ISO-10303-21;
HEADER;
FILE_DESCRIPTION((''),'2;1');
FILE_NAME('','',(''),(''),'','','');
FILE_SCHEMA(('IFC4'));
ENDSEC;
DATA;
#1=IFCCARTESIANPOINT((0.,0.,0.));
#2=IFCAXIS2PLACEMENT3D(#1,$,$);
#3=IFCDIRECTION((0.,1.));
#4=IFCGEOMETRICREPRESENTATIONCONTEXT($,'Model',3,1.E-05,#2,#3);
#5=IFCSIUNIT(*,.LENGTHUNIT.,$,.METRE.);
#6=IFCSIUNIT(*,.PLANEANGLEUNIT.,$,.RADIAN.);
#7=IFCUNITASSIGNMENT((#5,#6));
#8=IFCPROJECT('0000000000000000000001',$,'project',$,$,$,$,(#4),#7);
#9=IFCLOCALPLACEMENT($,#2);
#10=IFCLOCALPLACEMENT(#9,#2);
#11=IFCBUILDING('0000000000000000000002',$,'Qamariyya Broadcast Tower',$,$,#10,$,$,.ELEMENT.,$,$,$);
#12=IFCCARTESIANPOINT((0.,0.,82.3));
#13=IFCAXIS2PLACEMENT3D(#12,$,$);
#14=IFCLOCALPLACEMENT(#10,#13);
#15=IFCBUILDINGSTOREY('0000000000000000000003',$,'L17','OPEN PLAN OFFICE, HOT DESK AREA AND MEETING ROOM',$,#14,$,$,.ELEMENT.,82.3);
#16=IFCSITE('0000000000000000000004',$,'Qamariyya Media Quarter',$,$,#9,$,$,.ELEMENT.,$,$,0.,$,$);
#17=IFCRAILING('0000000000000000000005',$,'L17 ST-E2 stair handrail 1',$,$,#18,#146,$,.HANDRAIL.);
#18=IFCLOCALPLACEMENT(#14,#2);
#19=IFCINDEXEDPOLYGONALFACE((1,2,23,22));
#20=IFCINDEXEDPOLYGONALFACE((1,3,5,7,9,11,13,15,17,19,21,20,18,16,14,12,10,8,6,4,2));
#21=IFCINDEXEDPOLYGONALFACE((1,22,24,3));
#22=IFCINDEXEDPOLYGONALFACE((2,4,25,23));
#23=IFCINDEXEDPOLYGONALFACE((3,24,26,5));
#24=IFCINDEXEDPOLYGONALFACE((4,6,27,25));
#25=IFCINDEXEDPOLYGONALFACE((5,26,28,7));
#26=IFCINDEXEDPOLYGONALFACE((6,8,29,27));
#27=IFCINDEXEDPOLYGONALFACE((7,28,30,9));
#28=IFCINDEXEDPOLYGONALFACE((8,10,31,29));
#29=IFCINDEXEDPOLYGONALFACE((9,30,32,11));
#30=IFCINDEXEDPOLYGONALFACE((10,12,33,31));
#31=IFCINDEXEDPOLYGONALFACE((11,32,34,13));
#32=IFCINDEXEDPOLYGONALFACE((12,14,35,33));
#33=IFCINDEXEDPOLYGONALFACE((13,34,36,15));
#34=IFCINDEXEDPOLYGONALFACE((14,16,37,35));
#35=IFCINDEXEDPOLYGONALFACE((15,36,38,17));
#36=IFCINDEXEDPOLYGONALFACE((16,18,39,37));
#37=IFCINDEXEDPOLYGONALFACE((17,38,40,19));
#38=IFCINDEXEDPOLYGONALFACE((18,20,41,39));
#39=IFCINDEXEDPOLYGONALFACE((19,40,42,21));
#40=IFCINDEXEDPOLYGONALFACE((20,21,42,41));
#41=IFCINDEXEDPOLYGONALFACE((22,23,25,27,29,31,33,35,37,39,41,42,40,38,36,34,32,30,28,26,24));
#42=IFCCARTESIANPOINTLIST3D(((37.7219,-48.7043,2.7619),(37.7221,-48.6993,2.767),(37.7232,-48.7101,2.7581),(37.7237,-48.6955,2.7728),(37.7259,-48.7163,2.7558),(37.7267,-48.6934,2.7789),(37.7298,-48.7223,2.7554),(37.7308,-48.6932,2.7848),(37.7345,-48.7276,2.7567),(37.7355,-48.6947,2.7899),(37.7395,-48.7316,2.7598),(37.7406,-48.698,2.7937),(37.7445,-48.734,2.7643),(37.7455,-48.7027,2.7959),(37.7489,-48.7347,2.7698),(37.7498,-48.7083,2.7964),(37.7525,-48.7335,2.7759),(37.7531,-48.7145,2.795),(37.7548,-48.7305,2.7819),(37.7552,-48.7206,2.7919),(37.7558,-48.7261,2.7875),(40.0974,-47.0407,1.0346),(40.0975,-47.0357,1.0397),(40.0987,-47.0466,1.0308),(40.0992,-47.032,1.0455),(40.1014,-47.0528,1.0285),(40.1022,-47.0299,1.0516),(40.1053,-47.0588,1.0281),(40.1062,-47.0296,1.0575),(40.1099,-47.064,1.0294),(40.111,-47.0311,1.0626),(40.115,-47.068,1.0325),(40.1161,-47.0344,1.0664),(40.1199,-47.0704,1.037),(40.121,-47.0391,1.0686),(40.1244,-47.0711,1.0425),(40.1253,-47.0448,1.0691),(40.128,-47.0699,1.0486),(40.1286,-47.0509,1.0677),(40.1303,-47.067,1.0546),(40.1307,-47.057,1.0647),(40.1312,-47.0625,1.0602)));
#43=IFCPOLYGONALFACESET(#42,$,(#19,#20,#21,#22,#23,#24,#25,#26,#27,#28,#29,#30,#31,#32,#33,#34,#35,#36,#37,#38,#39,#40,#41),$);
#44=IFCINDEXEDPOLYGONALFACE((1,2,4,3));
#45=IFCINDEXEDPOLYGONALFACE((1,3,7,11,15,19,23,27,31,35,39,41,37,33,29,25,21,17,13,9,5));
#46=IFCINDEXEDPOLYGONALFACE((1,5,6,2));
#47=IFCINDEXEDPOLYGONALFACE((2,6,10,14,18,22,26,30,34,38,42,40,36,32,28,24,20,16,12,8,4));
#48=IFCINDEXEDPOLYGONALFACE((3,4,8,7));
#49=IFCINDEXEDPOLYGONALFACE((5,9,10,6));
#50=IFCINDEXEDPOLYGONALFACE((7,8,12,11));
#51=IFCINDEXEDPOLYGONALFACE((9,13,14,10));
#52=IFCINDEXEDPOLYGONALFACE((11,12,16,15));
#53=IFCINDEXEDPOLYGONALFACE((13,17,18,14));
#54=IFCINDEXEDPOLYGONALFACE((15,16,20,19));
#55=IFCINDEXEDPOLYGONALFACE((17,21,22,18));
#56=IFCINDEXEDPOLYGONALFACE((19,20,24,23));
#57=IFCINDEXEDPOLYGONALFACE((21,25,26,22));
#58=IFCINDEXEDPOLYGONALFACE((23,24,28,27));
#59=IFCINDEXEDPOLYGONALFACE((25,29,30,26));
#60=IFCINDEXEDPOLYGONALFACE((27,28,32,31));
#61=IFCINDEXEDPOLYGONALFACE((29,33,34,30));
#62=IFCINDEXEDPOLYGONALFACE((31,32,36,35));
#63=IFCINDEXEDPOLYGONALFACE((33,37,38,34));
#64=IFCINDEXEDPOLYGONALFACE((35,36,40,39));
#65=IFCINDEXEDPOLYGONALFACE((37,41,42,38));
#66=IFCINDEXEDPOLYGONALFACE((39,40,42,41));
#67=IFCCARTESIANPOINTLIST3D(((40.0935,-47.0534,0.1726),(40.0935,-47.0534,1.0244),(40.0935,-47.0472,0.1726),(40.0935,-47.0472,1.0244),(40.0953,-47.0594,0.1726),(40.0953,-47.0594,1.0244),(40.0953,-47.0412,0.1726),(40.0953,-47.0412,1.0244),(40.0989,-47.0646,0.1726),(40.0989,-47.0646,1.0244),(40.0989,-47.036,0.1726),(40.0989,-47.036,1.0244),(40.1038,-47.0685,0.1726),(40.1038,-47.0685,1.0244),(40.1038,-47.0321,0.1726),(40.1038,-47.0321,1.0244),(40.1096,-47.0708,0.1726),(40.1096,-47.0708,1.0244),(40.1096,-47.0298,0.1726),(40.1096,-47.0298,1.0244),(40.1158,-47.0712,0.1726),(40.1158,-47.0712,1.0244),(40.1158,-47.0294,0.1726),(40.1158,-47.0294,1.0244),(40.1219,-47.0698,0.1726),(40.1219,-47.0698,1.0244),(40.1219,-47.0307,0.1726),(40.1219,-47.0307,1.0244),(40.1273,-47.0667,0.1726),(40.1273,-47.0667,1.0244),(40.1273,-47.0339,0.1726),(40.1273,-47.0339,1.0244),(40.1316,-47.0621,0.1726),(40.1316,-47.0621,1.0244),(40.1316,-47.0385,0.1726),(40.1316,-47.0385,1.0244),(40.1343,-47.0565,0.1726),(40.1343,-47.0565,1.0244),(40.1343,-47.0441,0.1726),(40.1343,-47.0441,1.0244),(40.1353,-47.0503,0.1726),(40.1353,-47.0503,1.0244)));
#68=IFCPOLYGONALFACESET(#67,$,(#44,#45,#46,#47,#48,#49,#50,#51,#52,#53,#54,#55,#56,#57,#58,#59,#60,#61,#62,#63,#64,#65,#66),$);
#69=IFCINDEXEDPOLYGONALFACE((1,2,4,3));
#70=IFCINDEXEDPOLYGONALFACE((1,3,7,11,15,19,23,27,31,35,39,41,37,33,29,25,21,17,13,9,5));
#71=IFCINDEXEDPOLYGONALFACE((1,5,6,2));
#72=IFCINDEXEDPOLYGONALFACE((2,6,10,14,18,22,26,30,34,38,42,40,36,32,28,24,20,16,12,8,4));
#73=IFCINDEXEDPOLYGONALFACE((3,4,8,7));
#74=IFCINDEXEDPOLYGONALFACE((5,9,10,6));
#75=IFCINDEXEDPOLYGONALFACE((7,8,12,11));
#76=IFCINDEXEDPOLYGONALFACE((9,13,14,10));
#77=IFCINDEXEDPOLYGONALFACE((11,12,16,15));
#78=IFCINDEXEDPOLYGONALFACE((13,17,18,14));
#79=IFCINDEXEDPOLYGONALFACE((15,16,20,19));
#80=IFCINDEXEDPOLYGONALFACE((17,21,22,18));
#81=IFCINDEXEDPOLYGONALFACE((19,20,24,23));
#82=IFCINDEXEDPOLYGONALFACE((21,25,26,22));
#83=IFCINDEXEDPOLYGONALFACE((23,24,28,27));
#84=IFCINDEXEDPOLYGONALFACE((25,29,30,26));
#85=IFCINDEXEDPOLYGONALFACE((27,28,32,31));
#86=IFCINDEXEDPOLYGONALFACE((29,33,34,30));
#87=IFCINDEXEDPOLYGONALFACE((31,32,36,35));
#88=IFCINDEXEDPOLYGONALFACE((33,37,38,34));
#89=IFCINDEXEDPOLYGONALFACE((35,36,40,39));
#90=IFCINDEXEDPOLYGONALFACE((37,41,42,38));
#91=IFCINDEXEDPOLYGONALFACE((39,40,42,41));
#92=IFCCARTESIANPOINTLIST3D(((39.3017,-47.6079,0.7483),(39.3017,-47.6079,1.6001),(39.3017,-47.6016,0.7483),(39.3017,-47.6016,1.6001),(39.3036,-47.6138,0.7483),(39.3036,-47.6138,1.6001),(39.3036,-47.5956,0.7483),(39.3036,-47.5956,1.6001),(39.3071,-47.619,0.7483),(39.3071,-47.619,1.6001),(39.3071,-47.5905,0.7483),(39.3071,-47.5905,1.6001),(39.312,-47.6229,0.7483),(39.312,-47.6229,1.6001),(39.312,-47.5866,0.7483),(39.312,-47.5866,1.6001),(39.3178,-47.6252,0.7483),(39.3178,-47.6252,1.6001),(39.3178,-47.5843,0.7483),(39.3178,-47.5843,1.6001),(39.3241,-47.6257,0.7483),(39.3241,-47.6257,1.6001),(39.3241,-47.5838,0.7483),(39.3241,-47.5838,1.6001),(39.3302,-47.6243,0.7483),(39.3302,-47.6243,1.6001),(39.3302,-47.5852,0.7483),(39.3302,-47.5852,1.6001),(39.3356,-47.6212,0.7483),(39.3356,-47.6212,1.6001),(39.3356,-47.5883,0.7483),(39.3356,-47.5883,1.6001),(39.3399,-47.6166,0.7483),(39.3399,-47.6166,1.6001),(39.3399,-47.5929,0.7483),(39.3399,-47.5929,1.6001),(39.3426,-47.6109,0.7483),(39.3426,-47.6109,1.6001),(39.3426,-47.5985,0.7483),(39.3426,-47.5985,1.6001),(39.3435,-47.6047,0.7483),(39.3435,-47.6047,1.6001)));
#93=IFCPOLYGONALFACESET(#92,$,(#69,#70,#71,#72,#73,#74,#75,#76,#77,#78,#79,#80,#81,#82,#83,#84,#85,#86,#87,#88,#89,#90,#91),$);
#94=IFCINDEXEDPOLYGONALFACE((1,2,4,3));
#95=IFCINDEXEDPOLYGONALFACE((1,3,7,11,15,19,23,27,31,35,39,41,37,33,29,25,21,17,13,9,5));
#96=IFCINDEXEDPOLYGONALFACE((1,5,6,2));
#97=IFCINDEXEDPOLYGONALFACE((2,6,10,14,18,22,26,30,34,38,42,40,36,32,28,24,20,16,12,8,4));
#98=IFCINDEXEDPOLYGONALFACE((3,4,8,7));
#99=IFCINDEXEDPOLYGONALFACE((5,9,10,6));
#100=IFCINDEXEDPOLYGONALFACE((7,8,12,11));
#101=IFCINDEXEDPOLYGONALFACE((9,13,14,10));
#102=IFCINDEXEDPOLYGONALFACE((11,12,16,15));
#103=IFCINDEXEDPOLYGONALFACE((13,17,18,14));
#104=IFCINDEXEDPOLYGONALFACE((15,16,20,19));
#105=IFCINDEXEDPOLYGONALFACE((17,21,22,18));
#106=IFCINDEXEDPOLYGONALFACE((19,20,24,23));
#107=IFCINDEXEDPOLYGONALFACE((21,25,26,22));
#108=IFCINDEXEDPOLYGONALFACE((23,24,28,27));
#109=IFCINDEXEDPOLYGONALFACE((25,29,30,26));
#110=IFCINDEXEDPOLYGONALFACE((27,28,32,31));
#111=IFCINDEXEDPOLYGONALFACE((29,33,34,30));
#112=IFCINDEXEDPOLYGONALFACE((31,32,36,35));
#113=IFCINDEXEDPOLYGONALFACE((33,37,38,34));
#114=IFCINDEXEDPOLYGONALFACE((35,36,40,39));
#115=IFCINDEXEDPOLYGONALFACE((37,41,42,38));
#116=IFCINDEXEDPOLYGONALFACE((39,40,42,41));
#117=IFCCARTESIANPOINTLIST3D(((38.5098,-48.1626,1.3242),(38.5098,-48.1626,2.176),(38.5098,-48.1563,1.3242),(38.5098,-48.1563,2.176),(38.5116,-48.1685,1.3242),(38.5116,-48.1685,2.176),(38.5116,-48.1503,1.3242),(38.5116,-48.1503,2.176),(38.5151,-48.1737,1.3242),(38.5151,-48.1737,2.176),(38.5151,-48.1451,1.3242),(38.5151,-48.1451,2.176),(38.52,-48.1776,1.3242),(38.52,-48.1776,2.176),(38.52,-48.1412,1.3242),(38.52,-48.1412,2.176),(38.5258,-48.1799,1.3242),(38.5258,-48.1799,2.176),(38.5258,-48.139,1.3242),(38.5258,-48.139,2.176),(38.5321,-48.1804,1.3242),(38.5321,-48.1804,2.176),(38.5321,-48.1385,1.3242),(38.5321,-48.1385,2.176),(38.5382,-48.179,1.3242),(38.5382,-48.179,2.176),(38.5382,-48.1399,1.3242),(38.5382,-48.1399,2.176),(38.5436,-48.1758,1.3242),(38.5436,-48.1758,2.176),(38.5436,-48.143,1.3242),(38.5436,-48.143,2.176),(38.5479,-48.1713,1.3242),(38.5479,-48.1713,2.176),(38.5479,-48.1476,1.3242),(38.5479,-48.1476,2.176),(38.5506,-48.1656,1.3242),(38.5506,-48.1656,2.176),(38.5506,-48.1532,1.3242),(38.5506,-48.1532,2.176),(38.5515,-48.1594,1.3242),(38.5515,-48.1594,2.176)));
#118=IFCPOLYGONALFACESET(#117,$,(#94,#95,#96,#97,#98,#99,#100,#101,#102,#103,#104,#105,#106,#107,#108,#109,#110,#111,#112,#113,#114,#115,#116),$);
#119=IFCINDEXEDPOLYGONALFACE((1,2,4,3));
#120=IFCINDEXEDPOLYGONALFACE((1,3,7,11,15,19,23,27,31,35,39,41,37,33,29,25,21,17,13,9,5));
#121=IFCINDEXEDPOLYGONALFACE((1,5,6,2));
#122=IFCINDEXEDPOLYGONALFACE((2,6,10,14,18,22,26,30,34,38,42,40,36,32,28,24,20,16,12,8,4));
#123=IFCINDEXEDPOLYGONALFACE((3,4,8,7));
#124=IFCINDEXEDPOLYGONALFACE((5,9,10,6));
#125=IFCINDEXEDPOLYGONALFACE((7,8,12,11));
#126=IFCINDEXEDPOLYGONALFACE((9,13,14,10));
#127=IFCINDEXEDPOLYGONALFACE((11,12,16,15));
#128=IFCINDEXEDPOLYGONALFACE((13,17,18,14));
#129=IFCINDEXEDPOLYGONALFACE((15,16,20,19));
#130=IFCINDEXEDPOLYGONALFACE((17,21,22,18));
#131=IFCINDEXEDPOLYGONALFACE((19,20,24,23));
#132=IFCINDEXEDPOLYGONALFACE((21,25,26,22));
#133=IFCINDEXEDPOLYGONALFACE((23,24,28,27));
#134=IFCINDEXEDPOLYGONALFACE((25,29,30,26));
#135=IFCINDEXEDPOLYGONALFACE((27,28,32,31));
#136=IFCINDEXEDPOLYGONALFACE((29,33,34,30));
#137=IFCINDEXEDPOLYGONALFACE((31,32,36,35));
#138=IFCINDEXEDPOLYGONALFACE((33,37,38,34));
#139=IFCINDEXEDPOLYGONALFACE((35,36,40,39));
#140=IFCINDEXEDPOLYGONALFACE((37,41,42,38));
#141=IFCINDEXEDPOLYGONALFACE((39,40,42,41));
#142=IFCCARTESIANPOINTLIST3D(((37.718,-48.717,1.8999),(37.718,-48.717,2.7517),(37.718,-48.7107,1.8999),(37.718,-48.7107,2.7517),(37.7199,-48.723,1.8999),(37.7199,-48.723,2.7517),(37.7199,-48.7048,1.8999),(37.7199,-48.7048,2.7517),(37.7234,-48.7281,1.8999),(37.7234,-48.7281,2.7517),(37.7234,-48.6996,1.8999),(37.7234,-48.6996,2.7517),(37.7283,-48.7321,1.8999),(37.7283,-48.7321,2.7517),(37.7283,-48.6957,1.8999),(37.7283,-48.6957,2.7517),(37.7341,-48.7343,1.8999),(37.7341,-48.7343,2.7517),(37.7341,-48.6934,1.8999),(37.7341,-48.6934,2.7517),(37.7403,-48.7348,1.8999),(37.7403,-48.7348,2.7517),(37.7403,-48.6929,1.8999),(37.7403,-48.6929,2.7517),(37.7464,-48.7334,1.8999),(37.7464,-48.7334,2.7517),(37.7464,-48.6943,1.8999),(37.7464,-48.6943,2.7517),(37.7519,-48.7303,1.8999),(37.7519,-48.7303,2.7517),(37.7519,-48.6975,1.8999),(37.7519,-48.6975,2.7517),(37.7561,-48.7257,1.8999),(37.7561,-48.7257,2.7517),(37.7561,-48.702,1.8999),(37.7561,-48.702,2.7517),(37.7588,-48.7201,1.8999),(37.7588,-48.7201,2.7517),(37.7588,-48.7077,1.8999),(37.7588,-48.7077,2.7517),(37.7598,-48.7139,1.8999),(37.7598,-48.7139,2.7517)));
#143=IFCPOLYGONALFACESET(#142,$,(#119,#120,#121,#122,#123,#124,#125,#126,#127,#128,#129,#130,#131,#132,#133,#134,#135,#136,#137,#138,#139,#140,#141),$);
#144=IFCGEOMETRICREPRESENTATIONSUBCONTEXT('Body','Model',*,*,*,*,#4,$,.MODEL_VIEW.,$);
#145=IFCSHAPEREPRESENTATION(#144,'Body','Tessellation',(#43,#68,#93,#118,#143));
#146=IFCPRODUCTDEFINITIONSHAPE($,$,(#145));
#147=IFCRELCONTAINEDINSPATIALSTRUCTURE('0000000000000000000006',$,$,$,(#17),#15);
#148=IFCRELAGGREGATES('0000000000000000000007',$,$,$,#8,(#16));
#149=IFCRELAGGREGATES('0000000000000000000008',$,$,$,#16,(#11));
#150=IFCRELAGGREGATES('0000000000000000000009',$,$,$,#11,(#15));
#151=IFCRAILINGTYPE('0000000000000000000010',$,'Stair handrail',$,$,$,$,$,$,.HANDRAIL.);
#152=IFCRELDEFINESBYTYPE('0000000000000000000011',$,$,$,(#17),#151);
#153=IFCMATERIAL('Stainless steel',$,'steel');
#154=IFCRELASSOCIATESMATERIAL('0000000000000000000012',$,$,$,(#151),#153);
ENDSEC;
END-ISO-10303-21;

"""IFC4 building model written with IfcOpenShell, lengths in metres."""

from ifc_helpers import new_model, si_unit, direction, frame, origin, origin_2d, place, context, subcontext, project, spatial, circle, extrude, material, type_object, element, save


model = new_model("IFC4")

# Units and contexts
model_context = context("Model", 3, precision=1e-05, world=origin(), true_north=direction((0.0, 1.0)))
body_context = subcontext(model_context, "Body", "Model", "MODEL_VIEW")
ifc_project = project(units=[si_unit("LENGTHUNIT", "METRE"), si_unit("PLANEANGLEUNIT", "RADIAN")], contexts=[model_context])

# Site, building, storey
site_placement = place(None, origin())
site = spatial("IfcSite", under=ifc_project, at=site_placement, Name="Qamariyya Media Quarter", CompositionType="ELEMENT", RefElevation=0.0)
building_placement = place(site_placement, origin())
building = spatial("IfcBuilding", under=site, at=building_placement, Name="Qamariyya Broadcast Tower", CompositionType="ELEMENT")
storey_placement = place(building_placement, frame((0.0, 0.0, 82.3)))
storey = spatial("IfcBuildingStorey", under=building, at=storey_placement, Name="L17", Description="OPEN PLAN OFFICE, HOT DESK AREA AND MEETING ROOM", CompositionType="ELEMENT", Elevation=82.3)

# Railing
ifc_material_1 = material(Name="Stainless steel", Category="steel")
railing_type_1 = type_object("IfcRailingType", Name="Stair handrail", PredefinedType="HANDRAIL", material=ifc_material_1)
railing_1_placement = place(storey_placement, frame((40.1143, -47.0503, 0.1726)))
element("IfcRailing", 1, at=railing_1_placement, inside=storey, type_object=railing_type_1, Name="L17 ST-E2 stair handrail 1", PredefinedType="HANDRAIL", context=body_context, shape_type="SweptSolid", body=[
    extrude(circle(Radius=0.0239, at=origin_2d()), frame((0.0, 0.0, 0.876), z_axis=(-0.703745, -0.492838, 0.511716), x_axis=(0.573632, -0.819113, 0.0)), (0.0, 0.0, 1.0), 3.3755),
    extrude(circle(Radius=0.021, at=origin_2d()), origin(), (0.0, 0.0, 1.0), 0.8518),
    extrude(circle(Radius=0.021, at=origin_2d()), frame((-0.7917, -0.5544, 0.5757)), (0.0, 0.0, 1.0), 0.8518),
    extrude(circle(Radius=0.021, at=origin_2d()), frame((-1.5837, -1.1091, 1.1516)), (0.0, 0.0, 1.0), 0.8518),
    extrude(circle(Radius=0.021, at=origin_2d()), frame((-2.3755, -1.6636, 1.7273)), (0.0, 0.0, 1.0), 0.8518),
])

save(model, "model.ifc")
